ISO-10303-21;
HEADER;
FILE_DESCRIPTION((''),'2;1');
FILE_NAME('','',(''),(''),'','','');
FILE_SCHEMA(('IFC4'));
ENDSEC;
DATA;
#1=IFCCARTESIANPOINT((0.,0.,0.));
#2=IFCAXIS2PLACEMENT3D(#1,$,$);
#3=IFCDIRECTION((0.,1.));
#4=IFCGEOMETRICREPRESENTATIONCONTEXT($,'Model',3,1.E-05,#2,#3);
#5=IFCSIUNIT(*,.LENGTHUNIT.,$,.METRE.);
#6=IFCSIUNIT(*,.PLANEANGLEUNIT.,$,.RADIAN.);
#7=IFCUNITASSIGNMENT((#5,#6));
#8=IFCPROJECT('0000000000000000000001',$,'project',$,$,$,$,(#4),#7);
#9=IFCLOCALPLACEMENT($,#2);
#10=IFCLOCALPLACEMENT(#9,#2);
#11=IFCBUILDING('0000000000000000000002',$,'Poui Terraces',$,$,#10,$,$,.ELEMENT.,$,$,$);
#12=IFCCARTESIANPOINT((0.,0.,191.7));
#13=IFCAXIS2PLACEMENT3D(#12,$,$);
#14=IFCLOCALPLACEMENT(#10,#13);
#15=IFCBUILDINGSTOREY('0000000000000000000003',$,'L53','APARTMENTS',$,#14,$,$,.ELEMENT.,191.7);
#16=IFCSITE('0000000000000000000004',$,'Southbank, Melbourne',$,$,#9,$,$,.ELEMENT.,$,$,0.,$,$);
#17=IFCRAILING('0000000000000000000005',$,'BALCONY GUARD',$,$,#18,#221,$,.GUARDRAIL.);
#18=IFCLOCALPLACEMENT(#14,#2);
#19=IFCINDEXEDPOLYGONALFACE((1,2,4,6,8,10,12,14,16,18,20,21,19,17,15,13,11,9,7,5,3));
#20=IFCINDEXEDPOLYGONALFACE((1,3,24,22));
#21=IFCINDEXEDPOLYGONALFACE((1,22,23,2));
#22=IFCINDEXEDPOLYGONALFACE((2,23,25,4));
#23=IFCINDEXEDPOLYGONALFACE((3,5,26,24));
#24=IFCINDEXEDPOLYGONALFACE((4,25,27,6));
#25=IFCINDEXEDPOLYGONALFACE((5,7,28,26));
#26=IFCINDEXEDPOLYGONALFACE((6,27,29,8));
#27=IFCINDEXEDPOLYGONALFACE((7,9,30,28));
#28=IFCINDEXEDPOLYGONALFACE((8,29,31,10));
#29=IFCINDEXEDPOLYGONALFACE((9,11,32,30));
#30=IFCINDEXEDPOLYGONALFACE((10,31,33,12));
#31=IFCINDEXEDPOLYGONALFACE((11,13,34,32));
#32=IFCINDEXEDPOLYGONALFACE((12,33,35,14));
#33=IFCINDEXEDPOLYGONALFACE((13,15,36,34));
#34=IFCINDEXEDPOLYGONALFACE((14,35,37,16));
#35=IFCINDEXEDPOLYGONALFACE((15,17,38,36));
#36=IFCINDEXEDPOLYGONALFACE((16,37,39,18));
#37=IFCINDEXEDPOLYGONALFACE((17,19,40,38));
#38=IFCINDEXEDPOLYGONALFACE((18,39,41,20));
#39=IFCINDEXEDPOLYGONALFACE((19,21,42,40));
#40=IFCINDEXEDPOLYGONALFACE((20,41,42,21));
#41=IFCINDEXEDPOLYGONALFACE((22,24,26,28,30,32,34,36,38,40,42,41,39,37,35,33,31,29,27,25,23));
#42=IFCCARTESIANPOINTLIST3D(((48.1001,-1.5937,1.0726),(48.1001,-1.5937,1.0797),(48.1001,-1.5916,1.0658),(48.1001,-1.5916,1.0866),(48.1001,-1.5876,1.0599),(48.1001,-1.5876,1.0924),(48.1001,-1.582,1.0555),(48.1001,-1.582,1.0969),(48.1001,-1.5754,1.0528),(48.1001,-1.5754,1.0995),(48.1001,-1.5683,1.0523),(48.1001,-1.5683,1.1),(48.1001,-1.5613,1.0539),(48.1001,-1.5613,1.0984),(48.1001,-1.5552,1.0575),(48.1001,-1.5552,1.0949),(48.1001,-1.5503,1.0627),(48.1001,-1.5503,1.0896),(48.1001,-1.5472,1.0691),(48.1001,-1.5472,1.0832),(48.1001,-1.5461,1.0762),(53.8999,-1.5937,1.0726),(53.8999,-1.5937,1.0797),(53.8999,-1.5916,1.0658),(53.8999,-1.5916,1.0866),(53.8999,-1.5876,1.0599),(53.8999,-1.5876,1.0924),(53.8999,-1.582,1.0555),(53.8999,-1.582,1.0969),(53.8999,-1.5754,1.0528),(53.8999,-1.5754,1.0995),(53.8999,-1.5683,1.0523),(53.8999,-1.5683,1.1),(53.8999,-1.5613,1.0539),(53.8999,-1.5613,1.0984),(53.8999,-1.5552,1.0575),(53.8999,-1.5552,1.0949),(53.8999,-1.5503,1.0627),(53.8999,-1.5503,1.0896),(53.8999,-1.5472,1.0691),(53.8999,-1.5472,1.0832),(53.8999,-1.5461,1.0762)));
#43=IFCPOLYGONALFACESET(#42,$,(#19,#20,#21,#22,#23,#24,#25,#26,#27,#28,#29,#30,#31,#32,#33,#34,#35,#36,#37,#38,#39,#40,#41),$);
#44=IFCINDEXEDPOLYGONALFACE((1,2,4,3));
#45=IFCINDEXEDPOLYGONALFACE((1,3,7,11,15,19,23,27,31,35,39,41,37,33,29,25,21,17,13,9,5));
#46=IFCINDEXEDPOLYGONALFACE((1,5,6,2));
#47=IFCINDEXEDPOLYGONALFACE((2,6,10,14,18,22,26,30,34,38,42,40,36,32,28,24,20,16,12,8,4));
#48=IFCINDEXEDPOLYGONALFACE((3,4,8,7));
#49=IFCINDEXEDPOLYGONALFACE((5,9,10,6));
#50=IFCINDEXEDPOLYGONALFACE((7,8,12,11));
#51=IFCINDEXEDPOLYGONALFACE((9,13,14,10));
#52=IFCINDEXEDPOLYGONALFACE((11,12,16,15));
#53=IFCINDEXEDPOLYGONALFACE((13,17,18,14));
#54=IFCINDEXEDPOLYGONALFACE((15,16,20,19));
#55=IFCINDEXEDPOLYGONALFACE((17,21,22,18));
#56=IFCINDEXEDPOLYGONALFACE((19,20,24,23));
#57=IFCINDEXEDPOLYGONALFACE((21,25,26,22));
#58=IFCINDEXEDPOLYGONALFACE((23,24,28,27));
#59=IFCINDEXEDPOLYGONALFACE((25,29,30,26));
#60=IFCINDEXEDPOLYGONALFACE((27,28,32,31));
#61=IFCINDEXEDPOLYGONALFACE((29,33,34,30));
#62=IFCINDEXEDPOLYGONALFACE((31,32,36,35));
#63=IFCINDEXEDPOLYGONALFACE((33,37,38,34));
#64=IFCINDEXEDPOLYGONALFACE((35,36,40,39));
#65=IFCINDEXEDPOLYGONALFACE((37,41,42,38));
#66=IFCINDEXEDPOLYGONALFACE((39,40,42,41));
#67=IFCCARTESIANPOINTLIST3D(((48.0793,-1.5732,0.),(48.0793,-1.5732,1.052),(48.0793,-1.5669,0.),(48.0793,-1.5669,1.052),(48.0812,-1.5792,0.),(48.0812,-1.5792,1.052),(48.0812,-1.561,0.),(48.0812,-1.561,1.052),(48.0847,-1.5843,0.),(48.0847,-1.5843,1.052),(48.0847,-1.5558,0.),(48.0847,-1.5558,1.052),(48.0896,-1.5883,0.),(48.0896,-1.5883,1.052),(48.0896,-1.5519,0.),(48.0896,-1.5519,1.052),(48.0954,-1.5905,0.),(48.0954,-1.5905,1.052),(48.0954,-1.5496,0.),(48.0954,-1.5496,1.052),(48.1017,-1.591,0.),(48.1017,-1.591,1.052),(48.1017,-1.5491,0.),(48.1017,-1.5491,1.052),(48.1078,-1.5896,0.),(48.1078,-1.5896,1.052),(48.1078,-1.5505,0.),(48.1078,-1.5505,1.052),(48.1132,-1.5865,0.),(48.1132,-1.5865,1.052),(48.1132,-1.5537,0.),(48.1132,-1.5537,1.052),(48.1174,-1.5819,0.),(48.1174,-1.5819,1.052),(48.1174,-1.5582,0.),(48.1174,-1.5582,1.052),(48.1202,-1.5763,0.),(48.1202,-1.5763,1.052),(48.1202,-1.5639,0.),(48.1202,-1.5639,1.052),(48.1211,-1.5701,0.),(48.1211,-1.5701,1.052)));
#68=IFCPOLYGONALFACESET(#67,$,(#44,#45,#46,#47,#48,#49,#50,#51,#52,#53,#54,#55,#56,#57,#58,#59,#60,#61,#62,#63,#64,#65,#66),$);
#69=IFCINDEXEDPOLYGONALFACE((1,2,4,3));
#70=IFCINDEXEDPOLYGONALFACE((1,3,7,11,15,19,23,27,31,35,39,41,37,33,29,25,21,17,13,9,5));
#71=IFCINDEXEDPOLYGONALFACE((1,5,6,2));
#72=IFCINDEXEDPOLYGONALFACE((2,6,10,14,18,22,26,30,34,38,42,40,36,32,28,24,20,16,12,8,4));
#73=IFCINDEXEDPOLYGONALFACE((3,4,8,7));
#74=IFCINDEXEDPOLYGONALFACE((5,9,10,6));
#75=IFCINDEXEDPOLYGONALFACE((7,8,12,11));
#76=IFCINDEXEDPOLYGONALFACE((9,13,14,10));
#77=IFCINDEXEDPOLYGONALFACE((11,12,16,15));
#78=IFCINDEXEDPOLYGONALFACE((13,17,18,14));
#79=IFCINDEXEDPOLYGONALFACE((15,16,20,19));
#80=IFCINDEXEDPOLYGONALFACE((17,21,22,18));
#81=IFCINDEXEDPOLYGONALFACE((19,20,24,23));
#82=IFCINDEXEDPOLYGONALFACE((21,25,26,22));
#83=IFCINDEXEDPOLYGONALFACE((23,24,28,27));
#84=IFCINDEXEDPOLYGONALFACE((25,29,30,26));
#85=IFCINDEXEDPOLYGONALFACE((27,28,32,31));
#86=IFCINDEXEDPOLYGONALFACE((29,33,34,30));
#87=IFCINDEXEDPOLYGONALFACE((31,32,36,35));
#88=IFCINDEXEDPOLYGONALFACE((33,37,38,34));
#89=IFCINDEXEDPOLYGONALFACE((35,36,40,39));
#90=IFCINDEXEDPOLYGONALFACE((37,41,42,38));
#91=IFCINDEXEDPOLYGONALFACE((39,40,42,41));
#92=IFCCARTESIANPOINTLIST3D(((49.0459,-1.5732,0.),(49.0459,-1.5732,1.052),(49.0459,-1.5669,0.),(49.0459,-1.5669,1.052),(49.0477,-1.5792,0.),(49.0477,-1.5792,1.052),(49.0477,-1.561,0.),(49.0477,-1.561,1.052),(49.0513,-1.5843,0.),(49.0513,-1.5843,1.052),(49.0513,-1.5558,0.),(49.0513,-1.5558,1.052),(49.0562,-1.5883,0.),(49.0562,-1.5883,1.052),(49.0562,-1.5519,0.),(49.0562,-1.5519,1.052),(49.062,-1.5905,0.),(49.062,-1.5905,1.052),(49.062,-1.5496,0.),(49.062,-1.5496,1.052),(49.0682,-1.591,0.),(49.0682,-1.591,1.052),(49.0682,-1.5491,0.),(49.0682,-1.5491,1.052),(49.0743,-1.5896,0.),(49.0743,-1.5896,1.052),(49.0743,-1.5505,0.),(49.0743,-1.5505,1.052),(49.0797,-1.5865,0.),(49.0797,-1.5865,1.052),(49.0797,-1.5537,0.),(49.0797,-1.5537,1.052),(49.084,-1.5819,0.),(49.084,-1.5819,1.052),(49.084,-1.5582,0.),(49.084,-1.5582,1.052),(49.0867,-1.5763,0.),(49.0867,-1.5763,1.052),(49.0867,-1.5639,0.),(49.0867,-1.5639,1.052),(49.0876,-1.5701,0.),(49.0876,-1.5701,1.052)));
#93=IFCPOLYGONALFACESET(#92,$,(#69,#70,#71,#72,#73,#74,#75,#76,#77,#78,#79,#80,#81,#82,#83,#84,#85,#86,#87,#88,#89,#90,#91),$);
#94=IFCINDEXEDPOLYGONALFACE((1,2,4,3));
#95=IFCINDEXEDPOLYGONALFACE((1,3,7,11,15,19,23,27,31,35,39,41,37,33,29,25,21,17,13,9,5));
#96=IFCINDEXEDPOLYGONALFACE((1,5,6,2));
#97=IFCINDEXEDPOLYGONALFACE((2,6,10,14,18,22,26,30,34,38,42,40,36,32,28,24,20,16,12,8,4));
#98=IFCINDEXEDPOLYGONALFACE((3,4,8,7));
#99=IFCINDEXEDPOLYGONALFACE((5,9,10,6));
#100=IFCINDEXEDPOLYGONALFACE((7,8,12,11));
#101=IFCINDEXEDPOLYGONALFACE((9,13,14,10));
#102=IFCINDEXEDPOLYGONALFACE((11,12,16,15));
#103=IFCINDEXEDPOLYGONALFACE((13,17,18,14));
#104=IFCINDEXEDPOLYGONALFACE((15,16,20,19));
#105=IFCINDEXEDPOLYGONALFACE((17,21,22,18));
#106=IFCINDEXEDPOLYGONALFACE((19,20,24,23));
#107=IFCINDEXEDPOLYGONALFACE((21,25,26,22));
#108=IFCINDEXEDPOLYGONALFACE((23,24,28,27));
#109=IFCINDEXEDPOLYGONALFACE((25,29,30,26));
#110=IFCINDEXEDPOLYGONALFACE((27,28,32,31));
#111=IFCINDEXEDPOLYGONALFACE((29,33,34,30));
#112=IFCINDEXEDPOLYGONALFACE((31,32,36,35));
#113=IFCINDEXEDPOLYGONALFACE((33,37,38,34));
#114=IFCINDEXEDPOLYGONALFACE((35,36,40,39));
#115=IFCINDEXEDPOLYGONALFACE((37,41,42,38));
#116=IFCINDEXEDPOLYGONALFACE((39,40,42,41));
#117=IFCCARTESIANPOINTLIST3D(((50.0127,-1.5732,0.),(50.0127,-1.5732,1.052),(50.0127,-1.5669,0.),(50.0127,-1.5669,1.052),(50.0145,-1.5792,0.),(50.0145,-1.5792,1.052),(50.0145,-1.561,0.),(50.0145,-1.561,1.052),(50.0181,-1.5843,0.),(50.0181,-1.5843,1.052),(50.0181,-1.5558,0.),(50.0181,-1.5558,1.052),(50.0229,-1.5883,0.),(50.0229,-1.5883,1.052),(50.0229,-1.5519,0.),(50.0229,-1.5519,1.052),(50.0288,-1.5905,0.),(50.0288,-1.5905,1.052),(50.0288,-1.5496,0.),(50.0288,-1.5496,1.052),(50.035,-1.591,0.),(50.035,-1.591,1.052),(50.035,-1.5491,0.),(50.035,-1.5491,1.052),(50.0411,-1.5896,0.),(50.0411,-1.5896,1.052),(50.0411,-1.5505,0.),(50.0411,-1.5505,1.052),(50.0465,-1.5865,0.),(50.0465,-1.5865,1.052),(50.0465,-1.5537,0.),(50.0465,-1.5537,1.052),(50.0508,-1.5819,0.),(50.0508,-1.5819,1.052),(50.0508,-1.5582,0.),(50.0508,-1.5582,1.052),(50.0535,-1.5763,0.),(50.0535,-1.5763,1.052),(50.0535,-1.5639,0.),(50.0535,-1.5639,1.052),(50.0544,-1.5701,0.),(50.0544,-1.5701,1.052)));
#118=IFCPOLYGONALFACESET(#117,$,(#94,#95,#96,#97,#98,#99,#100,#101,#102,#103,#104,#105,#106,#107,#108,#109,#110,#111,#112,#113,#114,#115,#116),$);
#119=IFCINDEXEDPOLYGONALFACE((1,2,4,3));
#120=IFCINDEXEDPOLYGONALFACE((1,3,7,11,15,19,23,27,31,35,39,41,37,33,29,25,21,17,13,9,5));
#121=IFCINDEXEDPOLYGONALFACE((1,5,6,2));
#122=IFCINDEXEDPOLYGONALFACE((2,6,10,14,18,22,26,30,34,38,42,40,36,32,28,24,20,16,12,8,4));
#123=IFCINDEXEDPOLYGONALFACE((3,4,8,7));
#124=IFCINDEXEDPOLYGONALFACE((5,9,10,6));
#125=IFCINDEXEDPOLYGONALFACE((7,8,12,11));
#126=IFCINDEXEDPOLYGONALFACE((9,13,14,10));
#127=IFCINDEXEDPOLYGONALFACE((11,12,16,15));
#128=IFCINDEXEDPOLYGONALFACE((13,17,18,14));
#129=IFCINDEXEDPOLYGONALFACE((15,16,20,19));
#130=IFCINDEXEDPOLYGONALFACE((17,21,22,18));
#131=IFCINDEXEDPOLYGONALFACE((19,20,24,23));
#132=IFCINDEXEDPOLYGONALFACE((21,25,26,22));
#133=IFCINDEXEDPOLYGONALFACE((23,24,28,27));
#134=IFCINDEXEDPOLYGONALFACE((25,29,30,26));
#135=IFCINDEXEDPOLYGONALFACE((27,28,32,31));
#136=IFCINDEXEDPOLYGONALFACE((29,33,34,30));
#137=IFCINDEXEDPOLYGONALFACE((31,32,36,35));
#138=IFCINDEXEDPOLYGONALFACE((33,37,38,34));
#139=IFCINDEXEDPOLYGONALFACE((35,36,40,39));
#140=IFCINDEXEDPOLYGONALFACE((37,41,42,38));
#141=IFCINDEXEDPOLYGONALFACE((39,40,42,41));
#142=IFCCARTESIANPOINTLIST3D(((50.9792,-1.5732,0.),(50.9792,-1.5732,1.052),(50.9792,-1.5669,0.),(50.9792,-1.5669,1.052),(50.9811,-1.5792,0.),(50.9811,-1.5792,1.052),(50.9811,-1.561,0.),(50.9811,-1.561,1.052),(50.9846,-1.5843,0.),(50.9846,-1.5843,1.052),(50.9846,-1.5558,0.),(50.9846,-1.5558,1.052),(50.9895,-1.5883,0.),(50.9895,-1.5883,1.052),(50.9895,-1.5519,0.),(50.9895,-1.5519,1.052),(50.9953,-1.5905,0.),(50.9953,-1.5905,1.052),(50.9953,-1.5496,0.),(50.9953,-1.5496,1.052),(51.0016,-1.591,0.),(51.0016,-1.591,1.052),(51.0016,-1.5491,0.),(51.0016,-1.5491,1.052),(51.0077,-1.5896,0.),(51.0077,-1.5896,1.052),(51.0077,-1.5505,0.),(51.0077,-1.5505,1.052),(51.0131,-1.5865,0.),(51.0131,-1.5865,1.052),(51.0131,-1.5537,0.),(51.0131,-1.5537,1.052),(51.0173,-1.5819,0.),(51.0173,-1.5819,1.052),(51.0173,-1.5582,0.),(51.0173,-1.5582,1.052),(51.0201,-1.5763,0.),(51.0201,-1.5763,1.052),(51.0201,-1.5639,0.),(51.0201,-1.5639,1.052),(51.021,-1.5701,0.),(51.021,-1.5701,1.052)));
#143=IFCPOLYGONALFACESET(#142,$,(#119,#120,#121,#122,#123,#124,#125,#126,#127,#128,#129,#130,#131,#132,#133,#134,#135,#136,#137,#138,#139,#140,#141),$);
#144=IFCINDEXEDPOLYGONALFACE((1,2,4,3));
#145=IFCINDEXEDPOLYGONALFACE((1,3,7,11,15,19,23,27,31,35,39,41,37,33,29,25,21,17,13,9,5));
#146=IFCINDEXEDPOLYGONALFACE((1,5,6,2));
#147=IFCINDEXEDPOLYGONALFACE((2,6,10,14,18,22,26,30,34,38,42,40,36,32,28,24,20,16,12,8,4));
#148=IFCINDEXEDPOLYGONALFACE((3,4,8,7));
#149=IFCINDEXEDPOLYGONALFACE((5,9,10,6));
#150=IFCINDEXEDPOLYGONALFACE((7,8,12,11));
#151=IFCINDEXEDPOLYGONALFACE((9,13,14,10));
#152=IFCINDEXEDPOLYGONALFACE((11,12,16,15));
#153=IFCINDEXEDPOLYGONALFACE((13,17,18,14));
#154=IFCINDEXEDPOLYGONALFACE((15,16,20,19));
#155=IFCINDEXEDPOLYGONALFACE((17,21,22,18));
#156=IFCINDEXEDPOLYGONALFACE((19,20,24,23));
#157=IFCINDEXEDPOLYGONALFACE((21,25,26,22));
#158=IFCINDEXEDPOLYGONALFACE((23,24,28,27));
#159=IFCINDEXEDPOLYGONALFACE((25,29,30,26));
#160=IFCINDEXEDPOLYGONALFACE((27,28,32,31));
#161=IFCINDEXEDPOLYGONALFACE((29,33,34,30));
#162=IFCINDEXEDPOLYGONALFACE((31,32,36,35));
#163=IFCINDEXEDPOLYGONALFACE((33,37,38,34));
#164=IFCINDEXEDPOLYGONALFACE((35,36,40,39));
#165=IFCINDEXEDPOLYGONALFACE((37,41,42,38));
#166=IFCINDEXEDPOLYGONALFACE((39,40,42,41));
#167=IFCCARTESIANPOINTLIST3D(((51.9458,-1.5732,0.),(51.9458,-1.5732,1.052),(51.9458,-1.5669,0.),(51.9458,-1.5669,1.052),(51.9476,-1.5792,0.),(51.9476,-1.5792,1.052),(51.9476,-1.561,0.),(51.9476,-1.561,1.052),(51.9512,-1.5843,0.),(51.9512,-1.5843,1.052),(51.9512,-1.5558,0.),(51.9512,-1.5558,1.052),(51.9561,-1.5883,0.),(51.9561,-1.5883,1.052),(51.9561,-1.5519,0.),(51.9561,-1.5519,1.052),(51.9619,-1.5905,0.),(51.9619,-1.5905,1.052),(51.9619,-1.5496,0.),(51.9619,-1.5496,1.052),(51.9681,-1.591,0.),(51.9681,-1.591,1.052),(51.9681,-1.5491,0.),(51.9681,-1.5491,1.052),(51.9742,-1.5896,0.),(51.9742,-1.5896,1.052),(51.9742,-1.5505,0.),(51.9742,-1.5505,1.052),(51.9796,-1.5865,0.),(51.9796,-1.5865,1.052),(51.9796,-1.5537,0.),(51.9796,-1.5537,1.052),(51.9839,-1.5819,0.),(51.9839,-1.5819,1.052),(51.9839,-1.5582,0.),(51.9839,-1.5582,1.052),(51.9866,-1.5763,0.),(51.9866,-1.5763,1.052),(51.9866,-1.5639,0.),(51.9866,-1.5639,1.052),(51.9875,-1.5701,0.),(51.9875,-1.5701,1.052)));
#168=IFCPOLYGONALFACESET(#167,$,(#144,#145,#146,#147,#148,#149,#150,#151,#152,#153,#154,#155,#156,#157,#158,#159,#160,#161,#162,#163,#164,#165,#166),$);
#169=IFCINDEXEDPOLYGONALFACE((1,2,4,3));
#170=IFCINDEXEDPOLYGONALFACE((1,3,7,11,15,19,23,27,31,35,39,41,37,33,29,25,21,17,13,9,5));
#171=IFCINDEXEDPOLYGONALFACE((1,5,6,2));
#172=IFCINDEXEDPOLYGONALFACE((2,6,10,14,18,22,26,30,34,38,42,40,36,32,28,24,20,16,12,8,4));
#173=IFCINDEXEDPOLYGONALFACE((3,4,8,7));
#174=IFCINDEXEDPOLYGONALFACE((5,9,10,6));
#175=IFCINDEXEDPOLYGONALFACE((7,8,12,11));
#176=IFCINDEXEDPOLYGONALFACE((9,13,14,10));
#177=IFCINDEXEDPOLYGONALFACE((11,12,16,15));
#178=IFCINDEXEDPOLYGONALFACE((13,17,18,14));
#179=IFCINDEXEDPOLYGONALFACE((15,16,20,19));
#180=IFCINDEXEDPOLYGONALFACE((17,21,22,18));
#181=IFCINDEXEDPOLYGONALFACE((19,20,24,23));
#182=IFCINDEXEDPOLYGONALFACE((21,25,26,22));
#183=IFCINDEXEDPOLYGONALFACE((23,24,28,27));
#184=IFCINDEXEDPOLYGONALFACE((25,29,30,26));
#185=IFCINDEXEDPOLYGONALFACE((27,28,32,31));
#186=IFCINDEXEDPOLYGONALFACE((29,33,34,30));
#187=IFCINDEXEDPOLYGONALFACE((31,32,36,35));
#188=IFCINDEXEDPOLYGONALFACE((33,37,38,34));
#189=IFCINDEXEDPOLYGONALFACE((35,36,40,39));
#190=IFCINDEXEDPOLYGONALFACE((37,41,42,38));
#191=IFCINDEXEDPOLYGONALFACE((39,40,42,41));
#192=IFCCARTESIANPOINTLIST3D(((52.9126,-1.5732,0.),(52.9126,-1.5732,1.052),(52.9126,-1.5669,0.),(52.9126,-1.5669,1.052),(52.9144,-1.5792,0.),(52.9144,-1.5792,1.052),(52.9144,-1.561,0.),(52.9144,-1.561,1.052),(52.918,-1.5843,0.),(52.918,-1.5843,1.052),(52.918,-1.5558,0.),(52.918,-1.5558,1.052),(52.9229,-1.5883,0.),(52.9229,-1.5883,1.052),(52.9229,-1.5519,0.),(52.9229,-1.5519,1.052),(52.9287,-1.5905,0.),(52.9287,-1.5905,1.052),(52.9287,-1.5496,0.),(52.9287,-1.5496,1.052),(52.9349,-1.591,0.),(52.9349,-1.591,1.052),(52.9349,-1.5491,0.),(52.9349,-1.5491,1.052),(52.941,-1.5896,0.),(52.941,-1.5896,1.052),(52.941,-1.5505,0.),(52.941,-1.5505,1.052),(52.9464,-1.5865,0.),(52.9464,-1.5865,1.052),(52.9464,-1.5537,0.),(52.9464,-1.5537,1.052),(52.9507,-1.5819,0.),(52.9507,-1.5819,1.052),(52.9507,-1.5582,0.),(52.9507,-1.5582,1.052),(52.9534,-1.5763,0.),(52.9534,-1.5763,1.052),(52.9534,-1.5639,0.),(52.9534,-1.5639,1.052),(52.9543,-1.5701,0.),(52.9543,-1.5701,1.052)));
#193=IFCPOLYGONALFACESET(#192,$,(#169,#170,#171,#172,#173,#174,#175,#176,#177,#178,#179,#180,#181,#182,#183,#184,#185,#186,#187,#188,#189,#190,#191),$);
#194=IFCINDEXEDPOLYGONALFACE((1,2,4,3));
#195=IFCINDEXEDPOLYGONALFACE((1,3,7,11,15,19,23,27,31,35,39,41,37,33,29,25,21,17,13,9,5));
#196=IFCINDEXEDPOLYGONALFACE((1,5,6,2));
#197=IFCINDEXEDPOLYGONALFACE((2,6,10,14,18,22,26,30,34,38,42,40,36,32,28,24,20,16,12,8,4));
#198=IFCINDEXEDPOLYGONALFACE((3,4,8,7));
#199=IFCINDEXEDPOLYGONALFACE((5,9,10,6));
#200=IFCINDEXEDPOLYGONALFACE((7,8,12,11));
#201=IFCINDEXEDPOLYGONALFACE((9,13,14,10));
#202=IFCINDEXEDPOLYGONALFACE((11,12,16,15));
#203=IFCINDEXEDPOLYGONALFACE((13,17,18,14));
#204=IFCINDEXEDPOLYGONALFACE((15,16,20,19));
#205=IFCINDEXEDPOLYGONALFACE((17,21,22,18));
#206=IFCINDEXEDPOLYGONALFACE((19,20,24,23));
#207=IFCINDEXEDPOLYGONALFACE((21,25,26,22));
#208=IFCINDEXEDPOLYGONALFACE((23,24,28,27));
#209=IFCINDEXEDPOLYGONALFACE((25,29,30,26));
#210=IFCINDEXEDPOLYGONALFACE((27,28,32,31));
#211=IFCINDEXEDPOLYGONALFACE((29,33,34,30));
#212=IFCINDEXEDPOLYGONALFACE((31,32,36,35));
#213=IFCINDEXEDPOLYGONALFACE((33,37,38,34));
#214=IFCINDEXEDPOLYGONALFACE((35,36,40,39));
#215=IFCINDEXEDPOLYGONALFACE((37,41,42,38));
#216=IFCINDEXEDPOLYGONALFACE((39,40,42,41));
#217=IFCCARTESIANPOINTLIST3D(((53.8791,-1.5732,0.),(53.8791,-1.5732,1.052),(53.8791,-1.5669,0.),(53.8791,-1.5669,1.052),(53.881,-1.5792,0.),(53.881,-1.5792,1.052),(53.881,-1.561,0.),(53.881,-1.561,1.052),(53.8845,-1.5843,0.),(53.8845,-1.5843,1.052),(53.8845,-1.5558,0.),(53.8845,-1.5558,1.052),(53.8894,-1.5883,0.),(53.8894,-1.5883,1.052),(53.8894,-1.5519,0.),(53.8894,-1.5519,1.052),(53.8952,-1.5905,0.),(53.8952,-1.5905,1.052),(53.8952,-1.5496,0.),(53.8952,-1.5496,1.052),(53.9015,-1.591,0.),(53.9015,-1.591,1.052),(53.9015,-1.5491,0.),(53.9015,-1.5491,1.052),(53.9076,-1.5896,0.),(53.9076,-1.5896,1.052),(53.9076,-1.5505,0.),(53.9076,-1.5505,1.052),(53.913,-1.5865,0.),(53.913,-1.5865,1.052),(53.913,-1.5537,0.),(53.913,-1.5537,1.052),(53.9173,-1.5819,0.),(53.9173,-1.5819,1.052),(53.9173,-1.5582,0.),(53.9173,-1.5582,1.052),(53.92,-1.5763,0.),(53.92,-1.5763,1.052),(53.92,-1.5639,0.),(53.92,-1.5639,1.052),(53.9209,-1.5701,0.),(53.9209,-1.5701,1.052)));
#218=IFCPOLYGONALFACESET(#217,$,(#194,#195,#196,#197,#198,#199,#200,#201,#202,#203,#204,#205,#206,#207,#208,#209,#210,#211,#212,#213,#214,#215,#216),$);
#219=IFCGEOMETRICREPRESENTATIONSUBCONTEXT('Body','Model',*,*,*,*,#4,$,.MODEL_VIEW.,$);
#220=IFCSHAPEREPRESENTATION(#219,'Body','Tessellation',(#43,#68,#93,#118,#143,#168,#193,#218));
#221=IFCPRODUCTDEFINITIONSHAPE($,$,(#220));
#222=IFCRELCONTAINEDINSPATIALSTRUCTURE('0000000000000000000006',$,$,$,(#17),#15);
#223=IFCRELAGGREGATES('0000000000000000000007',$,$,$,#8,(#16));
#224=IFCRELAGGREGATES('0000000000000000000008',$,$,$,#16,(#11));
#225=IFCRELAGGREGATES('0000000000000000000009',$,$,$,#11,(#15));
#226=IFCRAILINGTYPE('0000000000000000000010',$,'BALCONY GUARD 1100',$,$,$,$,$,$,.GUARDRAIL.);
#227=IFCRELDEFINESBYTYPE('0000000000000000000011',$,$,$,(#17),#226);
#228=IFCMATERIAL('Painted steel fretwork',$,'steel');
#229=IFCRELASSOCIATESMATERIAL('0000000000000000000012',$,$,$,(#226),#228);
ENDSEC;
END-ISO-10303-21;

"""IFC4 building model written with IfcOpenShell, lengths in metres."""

from ifc_helpers import new_model, si_unit, direction, frame, origin, origin_2d, place, context, subcontext, project, spatial, circle, extrude, material, type_object, element, save


model = new_model("IFC4")

# Units and contexts
model_context = context("Model", 3, precision=1e-05, world=origin(), true_north=direction((0.0, 1.0)))
body_context = subcontext(model_context, "Body", "Model", "MODEL_VIEW")
ifc_project = project(units=[si_unit("LENGTHUNIT", "METRE"), si_unit("PLANEANGLEUNIT", "RADIAN")], contexts=[model_context])

# Site, building, storey
site_placement = place(None, origin())
site = spatial("IfcSite", under=ifc_project, at=site_placement, Name="Southbank, Melbourne", CompositionType="ELEMENT", RefElevation=0.0)
building_placement = place(site_placement, origin())
building = spatial("IfcBuilding", under=site, at=building_placement, Name="Poui Terraces", CompositionType="ELEMENT")
storey_placement = place(building_placement, frame((0.0, 0.0, 191.7)))
storey = spatial("IfcBuildingStorey", under=building, at=storey_placement, Name="L53", Description="APARTMENTS", CompositionType="ELEMENT", Elevation=191.7)

# Railing
ifc_material_1 = material(Name="Painted steel fretwork", Category="steel")
railing_type = type_object("IfcRailingType", Name="BALCONY GUARD 1100", PredefinedType="GUARDRAIL", material=ifc_material_1)
railing_placement = place(storey_placement, frame((48.1001, -1.5701, 0.0)))
element("IfcRailing", 1, at=railing_placement, inside=storey, type_object=railing_type, Name="BALCONY GUARD", PredefinedType="GUARDRAIL", context=body_context, shape_type="SweptSolid", body=[
    extrude(circle(Radius=0.0239, at=origin_2d()), frame((0.0, 0.0, 1.0762), z_axis=(1.0, 0.0, 0.0), x_axis=(0.0, 1.0, 0.0)), (0.0, 0.0, 1.0), 5.7998),
    extrude(circle(Radius=0.021, at=origin_2d()), origin(), (0.0, 0.0, 1.0), 1.052),
    extrude(circle(Radius=0.021, at=origin_2d()), frame((0.9666, 0.0, 0.0)), (0.0, 0.0, 1.0), 1.052),
    extrude(circle(Radius=0.021, at=origin_2d()), frame((1.9333, 0.0, 0.0)), (0.0, 0.0, 1.0), 1.052),
    extrude(circle(Radius=0.021, at=origin_2d()), frame((2.8999, 0.0, 0.0)), (0.0, 0.0, 1.0), 1.052),
    extrude(circle(Radius=0.021, at=origin_2d()), frame((3.8665, 0.0, 0.0)), (0.0, 0.0, 1.0), 1.052),
    extrude(circle(Radius=0.021, at=origin_2d()), frame((4.8333, 0.0, 0.0)), (0.0, 0.0, 1.0), 1.052),
    extrude(circle(Radius=0.021, at=origin_2d()), frame((5.7998, 0.0, 0.0)), (0.0, 0.0, 1.0), 1.052),
])

save(model, "model.ifc")
